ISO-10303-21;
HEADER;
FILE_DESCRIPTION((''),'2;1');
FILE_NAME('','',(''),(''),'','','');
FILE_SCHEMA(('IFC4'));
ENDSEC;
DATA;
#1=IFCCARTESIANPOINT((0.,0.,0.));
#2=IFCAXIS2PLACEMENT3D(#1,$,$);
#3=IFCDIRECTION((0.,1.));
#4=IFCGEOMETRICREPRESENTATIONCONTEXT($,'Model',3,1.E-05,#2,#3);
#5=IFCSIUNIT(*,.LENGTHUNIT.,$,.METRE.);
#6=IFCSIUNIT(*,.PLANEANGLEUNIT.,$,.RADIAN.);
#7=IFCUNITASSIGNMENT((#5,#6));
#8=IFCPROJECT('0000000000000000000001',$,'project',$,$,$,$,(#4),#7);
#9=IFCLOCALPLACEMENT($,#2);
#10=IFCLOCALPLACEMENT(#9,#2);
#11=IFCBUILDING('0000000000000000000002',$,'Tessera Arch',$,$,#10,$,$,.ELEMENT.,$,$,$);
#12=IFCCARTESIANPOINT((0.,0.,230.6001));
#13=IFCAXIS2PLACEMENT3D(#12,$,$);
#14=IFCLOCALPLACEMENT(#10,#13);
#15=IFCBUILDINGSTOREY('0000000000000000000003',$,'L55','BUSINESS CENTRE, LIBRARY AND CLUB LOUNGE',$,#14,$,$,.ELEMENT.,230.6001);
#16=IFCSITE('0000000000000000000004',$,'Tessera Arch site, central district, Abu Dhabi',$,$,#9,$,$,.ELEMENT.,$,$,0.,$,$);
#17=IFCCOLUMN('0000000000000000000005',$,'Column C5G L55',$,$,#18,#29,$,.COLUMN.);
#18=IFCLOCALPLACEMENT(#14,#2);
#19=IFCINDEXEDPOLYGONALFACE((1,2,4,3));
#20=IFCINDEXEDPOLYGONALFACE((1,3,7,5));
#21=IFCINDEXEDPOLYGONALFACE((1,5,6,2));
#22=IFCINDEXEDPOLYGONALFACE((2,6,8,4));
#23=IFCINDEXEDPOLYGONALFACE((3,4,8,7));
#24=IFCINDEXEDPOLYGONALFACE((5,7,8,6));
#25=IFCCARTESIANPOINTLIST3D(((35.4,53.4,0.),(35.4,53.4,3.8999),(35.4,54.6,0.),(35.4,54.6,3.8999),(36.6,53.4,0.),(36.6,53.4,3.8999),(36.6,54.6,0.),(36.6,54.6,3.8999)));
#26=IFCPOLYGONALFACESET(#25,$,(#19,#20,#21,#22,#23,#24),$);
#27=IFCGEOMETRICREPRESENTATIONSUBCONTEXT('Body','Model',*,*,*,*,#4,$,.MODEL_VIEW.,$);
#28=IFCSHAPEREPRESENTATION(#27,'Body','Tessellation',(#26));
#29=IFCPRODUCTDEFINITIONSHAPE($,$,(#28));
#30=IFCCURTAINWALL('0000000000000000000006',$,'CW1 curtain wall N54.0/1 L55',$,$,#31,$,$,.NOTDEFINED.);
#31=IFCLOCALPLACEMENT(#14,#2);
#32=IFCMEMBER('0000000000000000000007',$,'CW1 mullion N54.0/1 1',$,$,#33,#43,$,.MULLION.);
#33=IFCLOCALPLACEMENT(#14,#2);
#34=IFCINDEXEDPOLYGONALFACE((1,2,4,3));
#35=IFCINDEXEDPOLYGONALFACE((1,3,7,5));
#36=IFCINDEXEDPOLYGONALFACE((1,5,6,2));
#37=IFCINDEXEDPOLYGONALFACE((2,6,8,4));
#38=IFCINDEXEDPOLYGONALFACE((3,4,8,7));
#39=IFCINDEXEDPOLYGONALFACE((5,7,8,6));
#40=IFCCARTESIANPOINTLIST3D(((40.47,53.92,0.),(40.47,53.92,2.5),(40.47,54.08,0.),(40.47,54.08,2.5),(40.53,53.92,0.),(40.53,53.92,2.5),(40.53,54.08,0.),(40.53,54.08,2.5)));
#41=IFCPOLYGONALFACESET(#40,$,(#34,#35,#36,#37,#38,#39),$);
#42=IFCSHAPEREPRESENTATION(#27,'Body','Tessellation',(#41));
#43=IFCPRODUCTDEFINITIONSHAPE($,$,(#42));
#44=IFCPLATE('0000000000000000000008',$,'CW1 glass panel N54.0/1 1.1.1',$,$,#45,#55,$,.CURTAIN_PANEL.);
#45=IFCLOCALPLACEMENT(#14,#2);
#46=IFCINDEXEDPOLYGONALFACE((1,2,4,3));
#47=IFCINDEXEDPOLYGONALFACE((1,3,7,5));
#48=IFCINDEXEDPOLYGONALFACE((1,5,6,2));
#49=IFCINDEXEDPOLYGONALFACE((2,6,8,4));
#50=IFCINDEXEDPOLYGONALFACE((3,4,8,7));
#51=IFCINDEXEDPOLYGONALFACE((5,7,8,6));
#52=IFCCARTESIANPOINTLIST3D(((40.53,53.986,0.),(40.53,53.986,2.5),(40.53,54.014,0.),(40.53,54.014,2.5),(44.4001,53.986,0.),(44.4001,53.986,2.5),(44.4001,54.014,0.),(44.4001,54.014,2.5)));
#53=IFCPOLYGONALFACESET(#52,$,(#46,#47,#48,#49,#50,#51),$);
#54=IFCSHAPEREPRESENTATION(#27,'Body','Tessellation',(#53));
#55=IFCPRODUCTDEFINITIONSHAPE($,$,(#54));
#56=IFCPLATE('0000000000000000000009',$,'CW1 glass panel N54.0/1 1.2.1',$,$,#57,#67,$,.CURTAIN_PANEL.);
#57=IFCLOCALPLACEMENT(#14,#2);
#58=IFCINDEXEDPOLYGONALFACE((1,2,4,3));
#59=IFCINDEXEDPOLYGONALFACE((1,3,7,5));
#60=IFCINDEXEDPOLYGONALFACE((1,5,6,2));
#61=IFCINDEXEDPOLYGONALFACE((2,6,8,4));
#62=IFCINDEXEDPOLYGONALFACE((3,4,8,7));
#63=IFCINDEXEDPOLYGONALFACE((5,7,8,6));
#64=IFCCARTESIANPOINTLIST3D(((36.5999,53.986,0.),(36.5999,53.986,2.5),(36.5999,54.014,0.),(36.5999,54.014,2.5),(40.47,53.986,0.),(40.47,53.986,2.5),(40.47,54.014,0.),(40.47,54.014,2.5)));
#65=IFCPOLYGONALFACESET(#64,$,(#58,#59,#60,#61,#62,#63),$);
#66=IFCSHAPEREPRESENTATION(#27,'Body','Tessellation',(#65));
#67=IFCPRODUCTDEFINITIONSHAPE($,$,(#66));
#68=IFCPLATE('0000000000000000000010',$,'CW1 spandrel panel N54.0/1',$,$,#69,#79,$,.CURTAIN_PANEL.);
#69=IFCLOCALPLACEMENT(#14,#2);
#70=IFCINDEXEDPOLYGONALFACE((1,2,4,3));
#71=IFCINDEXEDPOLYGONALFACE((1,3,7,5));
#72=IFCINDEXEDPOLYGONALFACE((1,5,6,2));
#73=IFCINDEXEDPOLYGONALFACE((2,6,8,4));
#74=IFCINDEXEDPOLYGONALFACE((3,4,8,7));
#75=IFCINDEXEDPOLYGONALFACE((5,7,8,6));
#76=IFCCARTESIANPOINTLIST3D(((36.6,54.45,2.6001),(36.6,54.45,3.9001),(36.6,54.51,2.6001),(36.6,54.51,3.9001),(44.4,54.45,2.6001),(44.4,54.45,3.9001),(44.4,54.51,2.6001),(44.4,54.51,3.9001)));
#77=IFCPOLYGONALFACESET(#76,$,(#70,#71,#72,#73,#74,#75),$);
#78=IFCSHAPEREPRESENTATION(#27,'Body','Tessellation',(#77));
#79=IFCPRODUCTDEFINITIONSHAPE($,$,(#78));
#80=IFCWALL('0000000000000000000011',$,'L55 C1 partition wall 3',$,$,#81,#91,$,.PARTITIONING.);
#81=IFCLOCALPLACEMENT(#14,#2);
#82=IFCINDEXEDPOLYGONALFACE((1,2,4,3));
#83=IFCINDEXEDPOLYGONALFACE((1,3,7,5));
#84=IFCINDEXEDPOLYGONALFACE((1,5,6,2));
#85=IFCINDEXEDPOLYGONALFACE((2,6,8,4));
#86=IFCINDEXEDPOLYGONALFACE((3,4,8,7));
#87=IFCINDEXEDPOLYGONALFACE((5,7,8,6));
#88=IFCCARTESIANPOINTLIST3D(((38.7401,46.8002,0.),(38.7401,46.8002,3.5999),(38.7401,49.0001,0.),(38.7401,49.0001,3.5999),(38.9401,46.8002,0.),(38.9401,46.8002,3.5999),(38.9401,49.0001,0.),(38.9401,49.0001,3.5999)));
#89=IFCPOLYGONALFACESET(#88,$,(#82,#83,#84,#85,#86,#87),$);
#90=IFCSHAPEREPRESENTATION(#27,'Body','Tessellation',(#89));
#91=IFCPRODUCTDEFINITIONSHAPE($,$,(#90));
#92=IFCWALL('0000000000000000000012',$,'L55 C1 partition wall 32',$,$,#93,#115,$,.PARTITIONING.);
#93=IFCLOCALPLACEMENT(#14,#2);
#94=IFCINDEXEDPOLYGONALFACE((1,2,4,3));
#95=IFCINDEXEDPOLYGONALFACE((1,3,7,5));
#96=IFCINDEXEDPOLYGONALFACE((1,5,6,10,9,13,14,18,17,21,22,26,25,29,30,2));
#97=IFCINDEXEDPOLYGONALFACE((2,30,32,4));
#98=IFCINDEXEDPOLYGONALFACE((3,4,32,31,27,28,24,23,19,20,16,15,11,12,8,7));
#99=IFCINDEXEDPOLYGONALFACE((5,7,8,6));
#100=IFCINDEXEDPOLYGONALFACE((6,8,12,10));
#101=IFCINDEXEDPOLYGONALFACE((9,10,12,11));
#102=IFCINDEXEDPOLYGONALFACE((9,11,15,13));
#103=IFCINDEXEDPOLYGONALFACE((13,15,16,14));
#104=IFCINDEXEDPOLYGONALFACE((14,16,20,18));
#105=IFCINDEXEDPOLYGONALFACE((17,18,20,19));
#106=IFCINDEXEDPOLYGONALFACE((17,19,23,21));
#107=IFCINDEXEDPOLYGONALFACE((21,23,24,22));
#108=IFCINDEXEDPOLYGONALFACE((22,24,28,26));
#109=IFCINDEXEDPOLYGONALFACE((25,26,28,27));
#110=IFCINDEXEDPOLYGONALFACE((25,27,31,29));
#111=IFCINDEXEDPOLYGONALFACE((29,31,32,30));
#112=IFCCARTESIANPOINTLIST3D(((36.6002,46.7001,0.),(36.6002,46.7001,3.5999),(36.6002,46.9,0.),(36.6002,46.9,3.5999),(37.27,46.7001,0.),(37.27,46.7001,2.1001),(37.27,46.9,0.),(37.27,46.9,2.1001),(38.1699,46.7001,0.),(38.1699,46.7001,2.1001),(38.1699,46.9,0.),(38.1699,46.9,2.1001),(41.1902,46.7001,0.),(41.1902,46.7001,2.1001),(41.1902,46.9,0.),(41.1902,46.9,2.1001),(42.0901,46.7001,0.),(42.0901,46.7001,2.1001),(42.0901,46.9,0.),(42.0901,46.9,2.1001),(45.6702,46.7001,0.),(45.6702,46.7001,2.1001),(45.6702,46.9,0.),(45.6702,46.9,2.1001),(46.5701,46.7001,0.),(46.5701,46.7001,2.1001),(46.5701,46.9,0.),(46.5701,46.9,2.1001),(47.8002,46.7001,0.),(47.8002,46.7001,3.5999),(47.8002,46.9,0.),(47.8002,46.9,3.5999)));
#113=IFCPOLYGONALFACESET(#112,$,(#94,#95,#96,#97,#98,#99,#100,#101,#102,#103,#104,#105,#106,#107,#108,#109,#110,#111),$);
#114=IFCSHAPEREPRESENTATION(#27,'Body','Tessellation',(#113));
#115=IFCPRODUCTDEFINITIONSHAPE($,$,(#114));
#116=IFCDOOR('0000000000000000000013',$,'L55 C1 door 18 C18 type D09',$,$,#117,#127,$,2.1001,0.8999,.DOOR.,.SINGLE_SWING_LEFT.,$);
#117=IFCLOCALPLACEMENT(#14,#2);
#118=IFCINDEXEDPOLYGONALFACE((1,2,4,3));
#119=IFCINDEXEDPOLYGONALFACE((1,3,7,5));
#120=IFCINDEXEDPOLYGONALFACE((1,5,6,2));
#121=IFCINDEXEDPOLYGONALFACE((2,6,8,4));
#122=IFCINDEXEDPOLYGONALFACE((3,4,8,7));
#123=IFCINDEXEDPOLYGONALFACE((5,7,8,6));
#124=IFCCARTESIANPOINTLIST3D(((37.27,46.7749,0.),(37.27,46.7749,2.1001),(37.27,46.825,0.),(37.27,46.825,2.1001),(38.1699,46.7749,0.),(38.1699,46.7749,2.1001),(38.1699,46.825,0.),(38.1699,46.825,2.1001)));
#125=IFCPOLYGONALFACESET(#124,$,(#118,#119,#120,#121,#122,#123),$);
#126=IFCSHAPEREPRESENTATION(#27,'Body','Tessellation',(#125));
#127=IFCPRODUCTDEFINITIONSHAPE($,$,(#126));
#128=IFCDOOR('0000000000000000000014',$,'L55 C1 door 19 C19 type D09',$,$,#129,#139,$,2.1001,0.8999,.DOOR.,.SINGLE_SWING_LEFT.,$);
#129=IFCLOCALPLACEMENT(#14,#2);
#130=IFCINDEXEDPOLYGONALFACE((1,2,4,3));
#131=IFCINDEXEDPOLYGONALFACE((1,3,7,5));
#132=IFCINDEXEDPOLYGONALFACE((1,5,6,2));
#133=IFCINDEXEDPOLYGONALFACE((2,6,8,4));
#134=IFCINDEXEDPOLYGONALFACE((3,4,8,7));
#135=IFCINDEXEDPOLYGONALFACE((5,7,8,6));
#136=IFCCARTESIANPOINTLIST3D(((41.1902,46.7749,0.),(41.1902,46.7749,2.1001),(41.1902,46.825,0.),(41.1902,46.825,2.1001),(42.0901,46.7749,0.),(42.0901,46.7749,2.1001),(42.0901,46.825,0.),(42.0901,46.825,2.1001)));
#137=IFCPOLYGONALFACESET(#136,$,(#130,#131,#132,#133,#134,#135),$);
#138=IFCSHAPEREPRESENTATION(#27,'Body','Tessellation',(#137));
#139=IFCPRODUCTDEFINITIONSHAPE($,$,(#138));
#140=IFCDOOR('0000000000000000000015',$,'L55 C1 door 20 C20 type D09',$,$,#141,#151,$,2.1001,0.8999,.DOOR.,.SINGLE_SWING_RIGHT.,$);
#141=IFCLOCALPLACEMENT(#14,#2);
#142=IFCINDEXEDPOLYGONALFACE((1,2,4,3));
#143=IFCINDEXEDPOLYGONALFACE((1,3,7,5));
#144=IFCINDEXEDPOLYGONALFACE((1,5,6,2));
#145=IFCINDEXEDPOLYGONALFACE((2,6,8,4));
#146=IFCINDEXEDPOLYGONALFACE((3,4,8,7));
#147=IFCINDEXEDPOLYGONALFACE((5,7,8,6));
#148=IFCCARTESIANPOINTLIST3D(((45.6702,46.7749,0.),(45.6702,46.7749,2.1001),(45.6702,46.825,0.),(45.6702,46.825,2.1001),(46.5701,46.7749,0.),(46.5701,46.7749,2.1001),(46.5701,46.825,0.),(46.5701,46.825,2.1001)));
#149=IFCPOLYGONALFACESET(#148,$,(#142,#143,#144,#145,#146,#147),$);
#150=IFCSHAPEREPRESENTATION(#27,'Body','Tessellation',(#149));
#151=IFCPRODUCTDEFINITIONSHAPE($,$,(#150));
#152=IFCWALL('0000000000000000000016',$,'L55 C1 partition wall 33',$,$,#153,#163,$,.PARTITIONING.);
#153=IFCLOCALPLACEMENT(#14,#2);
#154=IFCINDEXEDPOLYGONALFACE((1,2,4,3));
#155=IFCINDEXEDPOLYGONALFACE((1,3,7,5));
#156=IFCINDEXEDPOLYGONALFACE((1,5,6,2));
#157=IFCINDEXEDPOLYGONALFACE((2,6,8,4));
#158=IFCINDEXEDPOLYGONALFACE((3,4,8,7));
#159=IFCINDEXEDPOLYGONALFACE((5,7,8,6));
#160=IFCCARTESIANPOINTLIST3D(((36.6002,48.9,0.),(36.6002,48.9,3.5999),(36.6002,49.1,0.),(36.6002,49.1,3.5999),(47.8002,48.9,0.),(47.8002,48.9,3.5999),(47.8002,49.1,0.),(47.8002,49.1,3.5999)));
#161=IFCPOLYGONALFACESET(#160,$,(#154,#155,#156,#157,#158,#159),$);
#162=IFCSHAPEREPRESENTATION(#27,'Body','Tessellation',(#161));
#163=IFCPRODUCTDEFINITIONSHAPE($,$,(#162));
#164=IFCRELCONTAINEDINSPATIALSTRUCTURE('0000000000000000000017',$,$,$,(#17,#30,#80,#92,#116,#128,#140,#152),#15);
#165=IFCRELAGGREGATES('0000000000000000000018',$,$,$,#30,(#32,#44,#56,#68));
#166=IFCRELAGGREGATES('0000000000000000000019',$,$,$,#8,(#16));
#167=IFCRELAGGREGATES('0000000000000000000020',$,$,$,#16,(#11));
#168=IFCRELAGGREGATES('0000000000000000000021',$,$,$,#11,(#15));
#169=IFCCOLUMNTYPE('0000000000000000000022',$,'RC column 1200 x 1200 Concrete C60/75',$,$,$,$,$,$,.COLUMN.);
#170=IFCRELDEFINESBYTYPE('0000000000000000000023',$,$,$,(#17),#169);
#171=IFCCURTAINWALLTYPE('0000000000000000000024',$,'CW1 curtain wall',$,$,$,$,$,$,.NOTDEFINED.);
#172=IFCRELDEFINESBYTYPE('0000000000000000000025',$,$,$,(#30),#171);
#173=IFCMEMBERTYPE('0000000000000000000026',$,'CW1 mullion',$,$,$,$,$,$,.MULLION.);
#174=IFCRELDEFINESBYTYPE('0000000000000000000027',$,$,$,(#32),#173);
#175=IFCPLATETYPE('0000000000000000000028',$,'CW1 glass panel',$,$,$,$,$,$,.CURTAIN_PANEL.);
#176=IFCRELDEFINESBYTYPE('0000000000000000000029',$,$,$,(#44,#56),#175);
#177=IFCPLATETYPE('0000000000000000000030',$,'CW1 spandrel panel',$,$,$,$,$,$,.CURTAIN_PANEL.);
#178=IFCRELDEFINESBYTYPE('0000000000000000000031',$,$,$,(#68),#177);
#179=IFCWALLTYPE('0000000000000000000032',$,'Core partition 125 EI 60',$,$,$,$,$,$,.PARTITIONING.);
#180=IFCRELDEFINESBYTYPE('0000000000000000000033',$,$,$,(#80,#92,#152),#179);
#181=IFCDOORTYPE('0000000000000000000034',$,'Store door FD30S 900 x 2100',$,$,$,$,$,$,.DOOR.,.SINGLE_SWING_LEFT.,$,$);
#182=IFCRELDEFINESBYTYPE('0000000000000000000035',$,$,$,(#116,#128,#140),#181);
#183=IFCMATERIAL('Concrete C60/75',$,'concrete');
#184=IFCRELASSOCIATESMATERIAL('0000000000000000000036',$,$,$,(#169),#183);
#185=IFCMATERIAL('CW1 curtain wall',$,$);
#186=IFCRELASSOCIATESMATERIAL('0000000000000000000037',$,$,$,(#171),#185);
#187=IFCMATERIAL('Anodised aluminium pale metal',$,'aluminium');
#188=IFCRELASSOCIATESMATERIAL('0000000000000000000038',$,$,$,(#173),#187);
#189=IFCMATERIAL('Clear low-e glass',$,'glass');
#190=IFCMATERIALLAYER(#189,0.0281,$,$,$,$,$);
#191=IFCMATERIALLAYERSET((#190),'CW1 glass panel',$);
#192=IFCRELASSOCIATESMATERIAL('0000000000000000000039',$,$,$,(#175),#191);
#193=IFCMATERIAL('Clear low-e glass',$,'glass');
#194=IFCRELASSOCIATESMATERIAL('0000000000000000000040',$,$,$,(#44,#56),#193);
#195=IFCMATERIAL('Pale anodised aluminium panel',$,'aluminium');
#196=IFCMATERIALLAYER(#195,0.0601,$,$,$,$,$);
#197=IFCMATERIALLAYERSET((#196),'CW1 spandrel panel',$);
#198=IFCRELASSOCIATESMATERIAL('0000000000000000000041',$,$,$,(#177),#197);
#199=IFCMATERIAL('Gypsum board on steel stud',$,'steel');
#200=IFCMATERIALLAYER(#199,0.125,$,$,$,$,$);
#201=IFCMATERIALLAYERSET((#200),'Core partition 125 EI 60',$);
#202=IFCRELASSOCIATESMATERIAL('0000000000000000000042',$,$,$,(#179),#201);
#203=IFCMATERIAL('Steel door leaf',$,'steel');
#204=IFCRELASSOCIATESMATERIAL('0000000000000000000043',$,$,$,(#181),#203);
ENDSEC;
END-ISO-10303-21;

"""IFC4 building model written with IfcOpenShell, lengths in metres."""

from ifc_helpers import new_model, si_unit, direction, frame, frame_2d, origin, origin_2d, place, context, subcontext, project, spatial, rectangle, extrude, material, layer, layer_set, material_profile, profile_set, type_object, element, fill, aggregate, save


model = new_model("IFC4")

# Units and contexts
model_context = context("Model", 3, precision=1e-05, world=origin(), true_north=direction((0.0, 1.0)))
body_context = subcontext(model_context, "Body", "Model", "MODEL_VIEW")
ifc_project = project(units=[si_unit("LENGTHUNIT", "METRE"), si_unit("PLANEANGLEUNIT", "RADIAN")], contexts=[model_context])

# Site, building, storey
site_placement = place(None, origin())
site = spatial("IfcSite", under=ifc_project, at=site_placement, Name="Tessera Arch site, central district, Abu Dhabi", CompositionType="ELEMENT", RefElevation=0.0)
building_placement = place(site_placement, origin())
building = spatial("IfcBuilding", under=site, at=building_placement, Name="Tessera Arch", CompositionType="ELEMENT")
storey_placement = place(building_placement, frame((0.0, 0.0, 230.6001)))
storey = spatial("IfcBuildingStorey", under=building, at=storey_placement, Name="L55", Description="BUSINESS CENTRE, LIBRARY AND CLUB LOUNGE", CompositionType="ELEMENT", Elevation=230.6001)

# Column
ifc_material_1 = material(Name="Concrete C60/75", Category="concrete")
ifc_material_profile_1 = material_profile(ifc_material_1, rectangle(XDim=1.2, YDim=1.2, at=origin_2d()), Name="RC column 1200 x 1200 Concrete C60/75")
ifc_profile_set_1 = profile_set([ifc_material_profile_1], Name="Concrete C60/75")
column_type = type_object("IfcColumnType", Name="RC column 1200 x 1200 Concrete C60/75", PredefinedType="COLUMN", material=ifc_profile_set_1)
column_placement = place(storey_placement, frame((36.0, 54.0, 0.0), z_axis=(0.0, 0.0, 1.0), x_axis=(1.0, 0.0, 0.0)))
element("IfcColumn", 1, at=column_placement, inside=storey, type_object=column_type, Name="Column C5G L55", PredefinedType="COLUMN", context=body_context, shape_type="SweptSolid", body=[
    extrude(rectangle(XDim=1.2, YDim=1.2, at=origin_2d()), origin(), (0.0, 0.0, 1.0), 3.8999),
])

# Curtain wall, member, plates
ifc_material_2 = material(Name="CW1 curtain wall")
curtain_wall_type = type_object("IfcCurtainWallType", Name="CW1 curtain wall", PredefinedType="NOTDEFINED", material=ifc_material_2)
curtain_wall_placement = place(storey_placement, origin())
curtain_wall = element("IfcCurtainWall", 2, at=curtain_wall_placement, inside=storey, type_object=curtain_wall_type, Name="CW1 curtain wall N54.0/1 L55", PredefinedType="NOTDEFINED")
ifc_material_3 = material(Name="Anodised aluminium pale metal", Category="aluminium")
ifc_material_profile_2 = material_profile(ifc_material_3, rectangle(XDim=0.1599, YDim=0.0601, at=origin_2d()), Name="AL 60x160")
ifc_profile_set_2 = profile_set([ifc_material_profile_2], Name="Anodised aluminium pale metal")
member_type = type_object("IfcMemberType", Name="CW1 mullion", PredefinedType="MULLION", material=ifc_profile_set_2)
member_placement = place(storey_placement, frame((40.5, 54.0, 0.0), z_axis=(0.0, 0.0, 1.0), x_axis=(0.0, -1.0, 0.0)))
member = element("IfcMember", 3, at=member_placement, type_object=member_type, Name="CW1 mullion N54.0/1 1", PredefinedType="MULLION", context=body_context, shape_type="SweptSolid", body=[
    extrude(rectangle(XDim=0.1599, YDim=0.0601, at=origin_2d()), origin(), (0.0, 0.0, 1.0), 2.5),
])
ifc_material_4 = material(Name="Clear low-e glass", Category="glass")
ifc_material_5 = material(Name="Clear low-e glass", Category="glass")
ifc_layer_1 = layer(ifc_material_5, 0.0281)
ifc_layer_set_1 = layer_set([ifc_layer_1], Name="CW1 glass panel")
plate_type_1 = type_object("IfcPlateType", Name="CW1 glass panel", PredefinedType="CURTAIN_PANEL", material=ifc_layer_set_1)
plate_1_placement = place(storey_placement, frame((42.4651, 54.0, 0.0), z_axis=(0.0, 0.0, 1.0), x_axis=(-1.0, 0.0, 0.0)))
plate_1 = element("IfcPlate", 4, at=plate_1_placement, type_object=plate_type_1, material=ifc_material_4, Name="CW1 glass panel N54.0/1 1.1.1", PredefinedType="CURTAIN_PANEL", context=body_context, shape_type="SweptSolid", body=[
    extrude(rectangle(XDim=3.8701, YDim=0.0281, at=origin_2d()), origin(), (0.0, 0.0, 1.0), 2.5),
])
plate_2_placement = place(storey_placement, frame((38.5349, 54.0, 0.0), z_axis=(0.0, 0.0, 1.0), x_axis=(-1.0, 0.0, 0.0)))
plate_2 = element("IfcPlate", 5, at=plate_2_placement, type_object=plate_type_1, material=ifc_material_4, Name="CW1 glass panel N54.0/1 1.2.1", PredefinedType="CURTAIN_PANEL", context=body_context, shape_type="SweptSolid", body=[
    extrude(rectangle(XDim=3.8701, YDim=0.0281, at=origin_2d()), origin(), (0.0, 0.0, 1.0), 2.5),
])
ifc_material_6 = material(Name="Pale anodised aluminium panel", Category="aluminium")
ifc_layer_2 = layer(ifc_material_6, 0.0601)
ifc_layer_set_2 = layer_set([ifc_layer_2], Name="CW1 spandrel panel")
plate_type_2 = type_object("IfcPlateType", Name="CW1 spandrel panel", PredefinedType="CURTAIN_PANEL", material=ifc_layer_set_2)
plate_3_placement = place(storey_placement, frame((40.5, 54.48, 2.6001), z_axis=(0.0, 0.0, 1.0), x_axis=(-1.0, 0.0, 0.0)))
plate_3 = element("IfcPlate", 6, at=plate_3_placement, type_object=plate_type_2, Name="CW1 spandrel panel N54.0/1", PredefinedType="CURTAIN_PANEL", context=body_context, shape_type="SweptSolid", body=[
    extrude(rectangle(XDim=7.8, YDim=0.0601, at=origin_2d()), origin(), (0.0, 0.0, 1.0), 1.3),
])
aggregate(curtain_wall, [member, plate_1, plate_2, plate_3])

# Wall
ifc_material_7 = material(Name="Gypsum board on steel stud", Category="steel")
ifc_layer_3 = layer(ifc_material_7, 0.125)
ifc_layer_set_3 = layer_set([ifc_layer_3], Name="Core partition 125 EI 60")
wall_type_1 = type_object("IfcWallType", Name="Core partition 125 EI 60", PredefinedType="PARTITIONING", material=ifc_layer_set_3)
wall_1_placement = place(storey_placement, frame((38.8401, 46.8, 0.0), z_axis=(0.0, 0.0, 1.0), x_axis=(0.0, 1.0, 0.0)))
element("IfcWall", 7, at=wall_1_placement, inside=storey, type_object=wall_type_1, Name="L55 C1 partition wall 3", PredefinedType="PARTITIONING", context=body_context, shape_type="SweptSolid", body=[
    extrude(rectangle(XDim=2.2, YDim=0.2, at=frame_2d((1.1001, 0.0))), origin(), (0.0, 0.0, 1.0), 3.5999),
])

# Wall, openings, doors
wall_2_placement = place(storey_placement, frame((36.6001, 46.8, 0.0), z_axis=(0.0, 0.0, 1.0), x_axis=(1.0, 0.0, 0.0)))
wall_2 = element("IfcWall", 8, at=wall_2_placement, inside=storey, type_object=wall_type_1, Name="L55 C1 partition wall 32", PredefinedType="PARTITIONING", context=body_context, shape_type="SweptSolid", body=[
    extrude(rectangle(XDim=11.2, YDim=0.2, at=frame_2d((5.6001, 0.0))), origin(), (0.0, 0.0, 1.0), 3.5999),
])
opening_1_placement = place(wall_2_placement, frame((0.6699, 0.0, 0.0)))
opening_1 = element("IfcOpeningElement", 9, at=opening_1_placement, cuts=wall_2, PredefinedType="OPENING", context=body_context, shape_type="SweptSolid", body=[
    extrude(rectangle(XDim=0.8999, YDim=2.1001, at=frame_2d((0.45, 1.05))), frame((0.0, 0.1099, 0.0), z_axis=(0.0, -1.0, 0.0), x_axis=(1.0, 0.0, 0.0)), (0.0, 0.0, 1.0), 0.22),
])
opening_2_placement = place(wall_2_placement, frame((4.5901, 0.0, 0.0)))
opening_2 = element("IfcOpeningElement", 10, at=opening_2_placement, cuts=wall_2, PredefinedType="OPENING", context=body_context, shape_type="SweptSolid", body=[
    extrude(rectangle(XDim=0.8999, YDim=2.1001, at=frame_2d((0.45, 1.05))), frame((0.0, 0.1099, 0.0), z_axis=(0.0, -1.0, 0.0), x_axis=(1.0, 0.0, 0.0)), (0.0, 0.0, 1.0), 0.22),
])
opening_3_placement = place(wall_2_placement, frame((9.0701, 0.0, 0.0)))
opening_3 = element("IfcOpeningElement", 11, at=opening_3_placement, cuts=wall_2, PredefinedType="OPENING", context=body_context, shape_type="SweptSolid", body=[
    extrude(rectangle(XDim=0.8999, YDim=2.1001, at=frame_2d((0.45, 1.05))), frame((0.0, 0.1099, 0.0), z_axis=(0.0, -1.0, 0.0), x_axis=(1.0, 0.0, 0.0)), (0.0, 0.0, 1.0), 0.22),
])
ifc_material_8 = material(Name="Steel door leaf", Category="steel")
door_type_1 = type_object("IfcDoorType", Name="Store door FD30S 900 x 2100", OperationType="SINGLE_SWING_LEFT", PredefinedType="DOOR", material=ifc_material_8)
door_1_placement = place(opening_1_placement, origin())
door_1 = element("IfcDoor", 12, at=door_1_placement, inside=storey, type_object=door_type_1, Name="L55 C1 door 18 C18 type D09", OperationType="SINGLE_SWING_LEFT", OverallHeight=2.1001, OverallWidth=0.8999, PredefinedType="DOOR", context=body_context, shape_type="SweptSolid", body=[
    extrude(rectangle(XDim=0.8999, YDim=2.1001, at=frame_2d((0.45, 1.05))), frame((0.0, 0.0249, 0.0), z_axis=(0.0, -1.0, 0.0), x_axis=(1.0, 0.0, 0.0)), (0.0, 0.0, 1.0), 0.05),
])
fill(opening_1, door_1)
door_2_placement = place(opening_2_placement, origin())
door_2 = element("IfcDoor", 13, at=door_2_placement, inside=storey, type_object=door_type_1, Name="L55 C1 door 19 C19 type D09", OperationType="SINGLE_SWING_LEFT", OverallHeight=2.1001, OverallWidth=0.8999, PredefinedType="DOOR", context=body_context, shape_type="SweptSolid", body=[
    extrude(rectangle(XDim=0.8999, YDim=2.1001, at=frame_2d((0.45, 1.05))), frame((0.0, 0.0249, 0.0), z_axis=(0.0, -1.0, 0.0), x_axis=(1.0, 0.0, 0.0)), (0.0, 0.0, 1.0), 0.05),
])
fill(opening_2, door_2)
door_3_placement = place(opening_3_placement, origin())
door_3 = element("IfcDoor", 14, at=door_3_placement, inside=storey, type_object=door_type_1, Name="L55 C1 door 20 C20 type D09", OperationType="SINGLE_SWING_RIGHT", OverallHeight=2.1001, OverallWidth=0.8999, PredefinedType="DOOR", context=body_context, shape_type="SweptSolid", body=[
    extrude(rectangle(XDim=0.8999, YDim=2.1001, at=frame_2d((0.45, 1.05))), frame((0.0, 0.0249, 0.0), z_axis=(0.0, -1.0, 0.0), x_axis=(1.0, 0.0, 0.0)), (0.0, 0.0, 1.0), 0.05),
])
fill(opening_3, door_3)

# Wall
wall_3_placement = place(storey_placement, frame((36.6001, 49.0, 0.0), z_axis=(0.0, 0.0, 1.0), x_axis=(1.0, 0.0, 0.0)))
element("IfcWall", 15, at=wall_3_placement, inside=storey, type_object=wall_type_1, Name="L55 C1 partition wall 33", PredefinedType="PARTITIONING", context=body_context, shape_type="SweptSolid", body=[
    extrude(rectangle(XDim=11.2, YDim=0.2, at=frame_2d((5.6001, 0.0))), origin(), (0.0, 0.0, 1.0), 3.5999),
])

save(model, "model.ifc")
